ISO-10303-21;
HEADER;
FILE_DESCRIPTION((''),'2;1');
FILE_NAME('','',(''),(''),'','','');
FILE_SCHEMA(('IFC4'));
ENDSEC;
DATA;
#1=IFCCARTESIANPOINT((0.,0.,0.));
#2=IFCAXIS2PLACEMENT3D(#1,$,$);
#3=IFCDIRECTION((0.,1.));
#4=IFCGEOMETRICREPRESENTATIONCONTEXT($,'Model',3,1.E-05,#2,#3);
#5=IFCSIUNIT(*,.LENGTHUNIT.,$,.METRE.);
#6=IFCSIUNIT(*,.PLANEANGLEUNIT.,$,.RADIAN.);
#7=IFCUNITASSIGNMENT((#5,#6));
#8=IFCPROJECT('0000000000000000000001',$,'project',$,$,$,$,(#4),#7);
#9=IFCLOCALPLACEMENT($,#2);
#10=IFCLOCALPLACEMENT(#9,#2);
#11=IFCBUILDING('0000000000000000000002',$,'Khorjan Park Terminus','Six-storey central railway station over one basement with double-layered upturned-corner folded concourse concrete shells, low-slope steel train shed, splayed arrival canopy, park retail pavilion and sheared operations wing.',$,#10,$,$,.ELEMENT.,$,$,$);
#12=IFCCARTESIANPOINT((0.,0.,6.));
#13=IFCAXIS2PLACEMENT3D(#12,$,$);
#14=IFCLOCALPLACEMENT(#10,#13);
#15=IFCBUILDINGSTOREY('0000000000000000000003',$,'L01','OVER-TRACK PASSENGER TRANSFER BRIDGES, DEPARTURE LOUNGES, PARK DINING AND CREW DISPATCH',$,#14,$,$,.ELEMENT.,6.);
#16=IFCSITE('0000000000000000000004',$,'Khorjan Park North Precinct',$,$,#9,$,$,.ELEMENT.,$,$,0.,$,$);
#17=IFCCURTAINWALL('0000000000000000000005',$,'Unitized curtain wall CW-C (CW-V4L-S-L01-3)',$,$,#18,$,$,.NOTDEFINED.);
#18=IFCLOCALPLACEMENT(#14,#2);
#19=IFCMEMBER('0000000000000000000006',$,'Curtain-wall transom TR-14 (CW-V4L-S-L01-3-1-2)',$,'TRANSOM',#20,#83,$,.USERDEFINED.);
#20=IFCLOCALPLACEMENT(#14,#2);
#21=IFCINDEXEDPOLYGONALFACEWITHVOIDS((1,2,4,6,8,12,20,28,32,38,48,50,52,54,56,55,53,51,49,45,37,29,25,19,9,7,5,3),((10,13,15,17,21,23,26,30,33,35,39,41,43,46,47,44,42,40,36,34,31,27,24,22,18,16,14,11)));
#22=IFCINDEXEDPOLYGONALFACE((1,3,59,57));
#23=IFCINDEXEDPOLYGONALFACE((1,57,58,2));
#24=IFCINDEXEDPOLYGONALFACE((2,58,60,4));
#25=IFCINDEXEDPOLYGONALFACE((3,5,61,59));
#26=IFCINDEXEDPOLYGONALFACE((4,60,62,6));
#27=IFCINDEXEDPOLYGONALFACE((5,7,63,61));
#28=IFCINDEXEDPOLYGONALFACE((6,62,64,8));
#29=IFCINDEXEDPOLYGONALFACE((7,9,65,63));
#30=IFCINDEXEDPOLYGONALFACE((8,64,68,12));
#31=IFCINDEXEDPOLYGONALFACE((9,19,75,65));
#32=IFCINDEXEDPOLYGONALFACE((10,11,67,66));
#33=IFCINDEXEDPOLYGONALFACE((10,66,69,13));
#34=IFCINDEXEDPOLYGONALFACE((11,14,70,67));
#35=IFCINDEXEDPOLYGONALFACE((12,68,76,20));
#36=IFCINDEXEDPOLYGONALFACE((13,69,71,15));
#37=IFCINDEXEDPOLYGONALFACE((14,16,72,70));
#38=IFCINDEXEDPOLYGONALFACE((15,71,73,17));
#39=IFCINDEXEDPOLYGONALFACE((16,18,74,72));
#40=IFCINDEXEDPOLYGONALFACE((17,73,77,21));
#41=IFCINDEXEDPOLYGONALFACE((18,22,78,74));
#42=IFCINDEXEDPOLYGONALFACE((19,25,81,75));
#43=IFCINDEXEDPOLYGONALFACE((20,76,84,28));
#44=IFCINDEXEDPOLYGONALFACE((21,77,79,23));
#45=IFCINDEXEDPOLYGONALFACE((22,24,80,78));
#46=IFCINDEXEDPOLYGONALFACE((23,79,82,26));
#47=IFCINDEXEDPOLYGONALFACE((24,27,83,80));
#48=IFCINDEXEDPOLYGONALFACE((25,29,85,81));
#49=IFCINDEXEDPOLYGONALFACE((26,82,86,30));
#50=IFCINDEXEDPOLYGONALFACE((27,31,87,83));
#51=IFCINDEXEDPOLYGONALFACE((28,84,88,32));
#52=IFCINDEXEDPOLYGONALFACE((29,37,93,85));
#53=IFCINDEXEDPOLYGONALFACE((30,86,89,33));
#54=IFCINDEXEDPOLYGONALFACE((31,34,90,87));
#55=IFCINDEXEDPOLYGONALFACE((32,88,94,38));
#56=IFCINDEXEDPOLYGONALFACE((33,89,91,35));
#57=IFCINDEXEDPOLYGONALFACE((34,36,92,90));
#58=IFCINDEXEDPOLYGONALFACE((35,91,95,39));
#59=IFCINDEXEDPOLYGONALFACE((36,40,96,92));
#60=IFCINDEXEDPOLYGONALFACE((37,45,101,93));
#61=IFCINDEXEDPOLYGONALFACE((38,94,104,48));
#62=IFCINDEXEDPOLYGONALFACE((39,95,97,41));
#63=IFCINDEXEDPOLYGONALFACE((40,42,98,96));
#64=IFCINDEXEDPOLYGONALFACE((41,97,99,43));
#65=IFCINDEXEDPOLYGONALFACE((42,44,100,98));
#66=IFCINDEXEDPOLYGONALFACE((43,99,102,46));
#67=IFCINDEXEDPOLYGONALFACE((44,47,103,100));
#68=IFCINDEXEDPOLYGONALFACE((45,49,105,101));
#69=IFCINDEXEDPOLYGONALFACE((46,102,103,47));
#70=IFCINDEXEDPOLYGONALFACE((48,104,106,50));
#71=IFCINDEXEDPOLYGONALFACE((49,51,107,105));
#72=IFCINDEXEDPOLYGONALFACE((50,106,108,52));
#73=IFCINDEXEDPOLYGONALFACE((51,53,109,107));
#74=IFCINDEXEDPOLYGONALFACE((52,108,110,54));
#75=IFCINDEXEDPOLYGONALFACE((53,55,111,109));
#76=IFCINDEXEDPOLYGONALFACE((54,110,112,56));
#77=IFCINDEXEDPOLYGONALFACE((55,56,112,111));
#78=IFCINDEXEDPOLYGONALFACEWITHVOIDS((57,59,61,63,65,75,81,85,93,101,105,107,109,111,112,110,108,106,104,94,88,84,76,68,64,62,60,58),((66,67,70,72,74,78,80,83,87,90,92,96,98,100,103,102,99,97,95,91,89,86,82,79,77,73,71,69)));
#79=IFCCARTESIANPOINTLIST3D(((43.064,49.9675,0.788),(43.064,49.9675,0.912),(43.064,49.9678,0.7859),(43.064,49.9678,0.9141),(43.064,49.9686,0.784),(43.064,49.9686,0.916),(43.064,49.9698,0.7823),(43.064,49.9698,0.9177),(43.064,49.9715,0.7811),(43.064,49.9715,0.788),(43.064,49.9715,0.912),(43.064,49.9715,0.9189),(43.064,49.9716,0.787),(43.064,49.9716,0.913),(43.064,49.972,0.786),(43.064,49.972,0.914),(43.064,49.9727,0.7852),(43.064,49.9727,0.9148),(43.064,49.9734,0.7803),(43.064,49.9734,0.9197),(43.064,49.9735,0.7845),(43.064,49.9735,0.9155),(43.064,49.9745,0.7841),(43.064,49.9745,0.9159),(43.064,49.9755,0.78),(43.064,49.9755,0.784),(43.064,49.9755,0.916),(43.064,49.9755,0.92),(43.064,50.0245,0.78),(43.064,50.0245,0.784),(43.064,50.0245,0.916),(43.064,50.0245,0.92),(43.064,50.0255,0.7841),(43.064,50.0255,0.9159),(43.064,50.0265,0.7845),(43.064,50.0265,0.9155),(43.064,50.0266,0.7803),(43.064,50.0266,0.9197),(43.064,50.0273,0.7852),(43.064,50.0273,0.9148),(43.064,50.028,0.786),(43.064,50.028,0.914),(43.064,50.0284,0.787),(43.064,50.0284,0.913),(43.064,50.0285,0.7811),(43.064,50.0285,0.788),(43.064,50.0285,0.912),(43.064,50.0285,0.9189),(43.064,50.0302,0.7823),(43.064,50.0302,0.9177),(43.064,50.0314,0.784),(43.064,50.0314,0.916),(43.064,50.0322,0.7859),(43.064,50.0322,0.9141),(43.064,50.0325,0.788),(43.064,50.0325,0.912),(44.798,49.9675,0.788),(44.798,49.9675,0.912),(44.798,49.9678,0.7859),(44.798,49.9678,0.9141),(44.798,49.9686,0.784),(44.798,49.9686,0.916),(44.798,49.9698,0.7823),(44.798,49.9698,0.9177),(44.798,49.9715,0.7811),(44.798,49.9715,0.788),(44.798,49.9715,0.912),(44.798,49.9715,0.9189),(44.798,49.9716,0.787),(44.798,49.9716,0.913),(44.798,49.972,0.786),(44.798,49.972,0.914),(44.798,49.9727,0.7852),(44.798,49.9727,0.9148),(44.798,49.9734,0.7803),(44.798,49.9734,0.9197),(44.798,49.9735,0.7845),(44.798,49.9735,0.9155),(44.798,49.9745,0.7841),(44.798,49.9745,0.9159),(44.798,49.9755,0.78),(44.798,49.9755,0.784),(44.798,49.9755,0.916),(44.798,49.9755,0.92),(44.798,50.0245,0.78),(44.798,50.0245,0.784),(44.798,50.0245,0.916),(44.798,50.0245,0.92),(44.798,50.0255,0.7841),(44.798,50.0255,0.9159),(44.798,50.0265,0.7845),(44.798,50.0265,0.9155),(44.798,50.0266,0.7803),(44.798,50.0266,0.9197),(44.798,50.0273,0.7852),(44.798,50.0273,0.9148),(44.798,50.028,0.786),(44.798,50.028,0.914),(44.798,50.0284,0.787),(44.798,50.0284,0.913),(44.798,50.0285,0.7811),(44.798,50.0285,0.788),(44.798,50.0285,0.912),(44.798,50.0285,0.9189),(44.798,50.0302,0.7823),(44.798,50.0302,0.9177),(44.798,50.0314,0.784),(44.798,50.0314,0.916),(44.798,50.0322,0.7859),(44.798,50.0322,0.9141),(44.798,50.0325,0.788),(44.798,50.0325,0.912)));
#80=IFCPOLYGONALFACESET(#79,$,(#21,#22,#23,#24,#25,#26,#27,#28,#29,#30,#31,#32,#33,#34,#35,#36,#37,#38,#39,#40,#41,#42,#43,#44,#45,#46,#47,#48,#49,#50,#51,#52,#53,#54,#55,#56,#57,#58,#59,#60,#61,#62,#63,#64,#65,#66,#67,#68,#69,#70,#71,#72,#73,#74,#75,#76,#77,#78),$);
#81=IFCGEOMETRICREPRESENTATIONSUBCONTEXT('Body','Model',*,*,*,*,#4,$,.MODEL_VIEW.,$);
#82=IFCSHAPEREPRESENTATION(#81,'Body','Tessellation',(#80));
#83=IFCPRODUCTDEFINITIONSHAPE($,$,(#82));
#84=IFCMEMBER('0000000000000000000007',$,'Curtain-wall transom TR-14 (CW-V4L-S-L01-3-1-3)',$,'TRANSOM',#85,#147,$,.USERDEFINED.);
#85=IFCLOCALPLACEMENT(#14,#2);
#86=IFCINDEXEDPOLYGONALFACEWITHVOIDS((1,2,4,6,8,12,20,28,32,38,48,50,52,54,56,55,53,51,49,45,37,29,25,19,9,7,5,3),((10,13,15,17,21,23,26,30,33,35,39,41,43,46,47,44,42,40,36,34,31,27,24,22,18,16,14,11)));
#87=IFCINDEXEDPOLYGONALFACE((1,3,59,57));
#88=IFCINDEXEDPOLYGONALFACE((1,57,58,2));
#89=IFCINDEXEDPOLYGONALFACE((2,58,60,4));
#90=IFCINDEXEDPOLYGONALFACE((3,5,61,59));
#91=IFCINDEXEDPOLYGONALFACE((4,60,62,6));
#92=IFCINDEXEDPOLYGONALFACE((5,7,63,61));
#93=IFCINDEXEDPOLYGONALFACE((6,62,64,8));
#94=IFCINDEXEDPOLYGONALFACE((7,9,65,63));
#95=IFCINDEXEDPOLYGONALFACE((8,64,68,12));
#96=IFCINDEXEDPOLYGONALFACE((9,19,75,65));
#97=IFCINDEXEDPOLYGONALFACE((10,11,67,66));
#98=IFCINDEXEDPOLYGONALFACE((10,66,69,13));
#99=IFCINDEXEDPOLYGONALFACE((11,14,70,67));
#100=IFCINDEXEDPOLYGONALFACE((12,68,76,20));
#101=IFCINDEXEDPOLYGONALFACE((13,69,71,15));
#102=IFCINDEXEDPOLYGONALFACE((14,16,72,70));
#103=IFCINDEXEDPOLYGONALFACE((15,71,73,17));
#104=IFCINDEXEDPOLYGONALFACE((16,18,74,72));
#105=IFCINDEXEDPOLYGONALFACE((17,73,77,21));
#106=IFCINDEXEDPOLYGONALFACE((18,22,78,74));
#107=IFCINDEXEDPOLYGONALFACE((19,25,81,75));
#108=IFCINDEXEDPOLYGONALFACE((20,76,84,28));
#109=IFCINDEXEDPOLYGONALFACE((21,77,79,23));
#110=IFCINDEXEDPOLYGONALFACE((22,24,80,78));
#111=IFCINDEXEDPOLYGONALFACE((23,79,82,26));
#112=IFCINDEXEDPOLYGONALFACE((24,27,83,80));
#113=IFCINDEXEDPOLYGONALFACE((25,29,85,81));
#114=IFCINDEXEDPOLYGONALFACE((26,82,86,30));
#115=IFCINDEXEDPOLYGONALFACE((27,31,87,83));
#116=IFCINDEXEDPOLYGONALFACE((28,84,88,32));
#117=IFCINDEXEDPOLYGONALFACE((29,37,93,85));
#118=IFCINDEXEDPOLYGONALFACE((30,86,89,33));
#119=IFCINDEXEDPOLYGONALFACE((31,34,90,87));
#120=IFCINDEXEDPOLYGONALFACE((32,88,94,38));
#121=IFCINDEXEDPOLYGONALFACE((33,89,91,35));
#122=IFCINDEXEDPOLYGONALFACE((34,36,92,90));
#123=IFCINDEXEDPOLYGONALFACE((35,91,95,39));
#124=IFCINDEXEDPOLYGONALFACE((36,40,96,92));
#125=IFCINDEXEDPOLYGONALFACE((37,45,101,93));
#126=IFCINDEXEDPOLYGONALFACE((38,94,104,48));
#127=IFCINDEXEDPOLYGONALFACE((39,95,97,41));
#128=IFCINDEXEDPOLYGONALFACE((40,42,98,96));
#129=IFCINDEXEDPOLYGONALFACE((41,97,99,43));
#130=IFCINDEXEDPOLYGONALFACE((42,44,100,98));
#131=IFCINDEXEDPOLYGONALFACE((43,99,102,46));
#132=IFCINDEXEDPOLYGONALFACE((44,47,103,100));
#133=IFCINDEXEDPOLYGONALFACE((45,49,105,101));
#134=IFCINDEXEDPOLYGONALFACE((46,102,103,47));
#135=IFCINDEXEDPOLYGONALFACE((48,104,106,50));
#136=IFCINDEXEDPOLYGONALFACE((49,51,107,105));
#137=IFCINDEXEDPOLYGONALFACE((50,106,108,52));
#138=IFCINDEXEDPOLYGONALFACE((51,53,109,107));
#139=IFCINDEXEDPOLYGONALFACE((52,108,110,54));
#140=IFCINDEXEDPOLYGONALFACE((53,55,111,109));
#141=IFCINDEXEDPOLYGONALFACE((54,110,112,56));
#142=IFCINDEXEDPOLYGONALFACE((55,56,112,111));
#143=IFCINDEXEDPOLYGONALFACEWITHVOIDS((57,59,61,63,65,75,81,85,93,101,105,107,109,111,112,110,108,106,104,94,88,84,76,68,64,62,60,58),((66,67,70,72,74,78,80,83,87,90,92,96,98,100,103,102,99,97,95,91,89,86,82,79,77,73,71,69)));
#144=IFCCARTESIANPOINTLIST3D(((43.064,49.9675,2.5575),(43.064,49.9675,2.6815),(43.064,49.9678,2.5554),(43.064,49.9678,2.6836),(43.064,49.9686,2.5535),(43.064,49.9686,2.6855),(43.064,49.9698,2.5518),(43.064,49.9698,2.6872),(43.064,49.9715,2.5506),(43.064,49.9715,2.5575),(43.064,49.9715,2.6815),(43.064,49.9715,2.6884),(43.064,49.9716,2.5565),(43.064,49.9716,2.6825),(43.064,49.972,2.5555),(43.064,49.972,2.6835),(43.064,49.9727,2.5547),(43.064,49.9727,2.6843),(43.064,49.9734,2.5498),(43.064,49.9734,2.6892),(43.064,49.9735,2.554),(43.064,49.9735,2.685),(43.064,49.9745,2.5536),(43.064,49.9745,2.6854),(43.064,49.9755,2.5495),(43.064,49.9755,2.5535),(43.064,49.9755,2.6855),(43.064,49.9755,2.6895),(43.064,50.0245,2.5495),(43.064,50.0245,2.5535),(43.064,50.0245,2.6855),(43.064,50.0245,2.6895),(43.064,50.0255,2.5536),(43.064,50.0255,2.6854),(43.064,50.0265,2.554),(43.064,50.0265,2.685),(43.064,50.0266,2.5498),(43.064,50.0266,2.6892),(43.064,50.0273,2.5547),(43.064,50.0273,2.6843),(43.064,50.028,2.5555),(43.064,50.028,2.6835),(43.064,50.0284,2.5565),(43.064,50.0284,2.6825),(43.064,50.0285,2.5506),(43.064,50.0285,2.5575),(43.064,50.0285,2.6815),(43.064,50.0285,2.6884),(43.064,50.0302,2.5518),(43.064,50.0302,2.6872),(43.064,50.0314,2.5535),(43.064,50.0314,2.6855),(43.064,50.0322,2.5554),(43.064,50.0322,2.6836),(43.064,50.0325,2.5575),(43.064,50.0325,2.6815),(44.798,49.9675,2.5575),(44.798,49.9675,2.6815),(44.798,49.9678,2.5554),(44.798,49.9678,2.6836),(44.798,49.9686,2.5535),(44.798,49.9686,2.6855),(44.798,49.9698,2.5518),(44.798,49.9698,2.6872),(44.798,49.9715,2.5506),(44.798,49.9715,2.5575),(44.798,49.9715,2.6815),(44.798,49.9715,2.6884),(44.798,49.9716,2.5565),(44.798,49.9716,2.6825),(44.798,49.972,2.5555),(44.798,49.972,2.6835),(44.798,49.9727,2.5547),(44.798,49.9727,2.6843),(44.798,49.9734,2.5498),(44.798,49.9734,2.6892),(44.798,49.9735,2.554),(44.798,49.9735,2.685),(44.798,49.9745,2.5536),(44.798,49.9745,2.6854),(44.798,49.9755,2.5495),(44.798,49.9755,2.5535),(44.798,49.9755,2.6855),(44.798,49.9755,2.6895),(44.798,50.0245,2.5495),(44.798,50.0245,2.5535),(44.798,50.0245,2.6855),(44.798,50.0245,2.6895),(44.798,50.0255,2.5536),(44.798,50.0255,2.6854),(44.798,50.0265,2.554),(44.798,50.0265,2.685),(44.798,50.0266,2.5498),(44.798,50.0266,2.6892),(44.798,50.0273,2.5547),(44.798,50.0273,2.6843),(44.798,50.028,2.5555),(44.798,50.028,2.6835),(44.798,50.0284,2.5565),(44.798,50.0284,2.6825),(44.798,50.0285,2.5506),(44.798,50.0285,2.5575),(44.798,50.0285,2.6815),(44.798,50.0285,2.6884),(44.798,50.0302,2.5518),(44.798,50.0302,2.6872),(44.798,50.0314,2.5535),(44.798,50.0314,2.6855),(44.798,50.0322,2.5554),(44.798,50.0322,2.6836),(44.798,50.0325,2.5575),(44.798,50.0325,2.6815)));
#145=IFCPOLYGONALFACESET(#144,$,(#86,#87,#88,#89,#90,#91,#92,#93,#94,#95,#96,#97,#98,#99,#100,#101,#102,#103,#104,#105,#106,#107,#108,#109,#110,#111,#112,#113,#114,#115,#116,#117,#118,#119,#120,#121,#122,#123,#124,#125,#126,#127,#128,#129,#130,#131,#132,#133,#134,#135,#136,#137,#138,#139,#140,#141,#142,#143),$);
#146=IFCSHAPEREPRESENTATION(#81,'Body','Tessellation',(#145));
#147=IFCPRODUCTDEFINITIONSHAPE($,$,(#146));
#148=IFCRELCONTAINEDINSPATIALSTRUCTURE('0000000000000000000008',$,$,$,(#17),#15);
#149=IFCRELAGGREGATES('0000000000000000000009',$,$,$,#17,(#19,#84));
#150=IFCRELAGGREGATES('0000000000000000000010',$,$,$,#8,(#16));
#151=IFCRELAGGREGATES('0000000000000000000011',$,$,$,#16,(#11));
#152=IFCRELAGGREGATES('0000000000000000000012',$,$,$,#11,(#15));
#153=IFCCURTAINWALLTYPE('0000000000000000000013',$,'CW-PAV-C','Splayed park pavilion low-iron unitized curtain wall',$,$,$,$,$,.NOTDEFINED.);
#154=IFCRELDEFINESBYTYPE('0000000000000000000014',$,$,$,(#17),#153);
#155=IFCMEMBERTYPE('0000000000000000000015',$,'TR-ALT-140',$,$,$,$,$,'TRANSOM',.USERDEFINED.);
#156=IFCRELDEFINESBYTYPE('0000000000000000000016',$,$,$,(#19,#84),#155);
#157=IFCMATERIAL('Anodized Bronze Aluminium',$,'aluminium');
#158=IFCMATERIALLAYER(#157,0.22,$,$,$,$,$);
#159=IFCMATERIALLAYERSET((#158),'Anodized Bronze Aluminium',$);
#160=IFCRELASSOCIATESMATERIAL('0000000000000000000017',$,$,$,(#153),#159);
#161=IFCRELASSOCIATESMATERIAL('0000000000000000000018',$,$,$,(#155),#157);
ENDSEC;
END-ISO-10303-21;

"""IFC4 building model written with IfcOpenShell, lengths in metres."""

from ifc_helpers import new_model, si_unit, direction, frame, origin, origin_2d, place, context, subcontext, project, spatial, hollow_rectangle, extrude, material, layer, layer_set, material_profile, profile_set, type_object, element, aggregate, save


model = new_model("IFC4")

# Units and contexts
model_context = context("Model", 3, precision=1e-05, world=origin(), true_north=direction((0.0, 1.0)))
body_context = subcontext(model_context, "Body", "Model", "MODEL_VIEW")
ifc_project = project(units=[si_unit("LENGTHUNIT", "METRE"), si_unit("PLANEANGLEUNIT", "RADIAN")], contexts=[model_context])

# Site, building, storey
site_placement = place(None, origin())
site = spatial("IfcSite", under=ifc_project, at=site_placement, Name="Khorjan Park North Precinct", CompositionType="ELEMENT", RefElevation=0.0)
building_placement = place(site_placement, origin())
building = spatial("IfcBuilding", under=site, at=building_placement, Name="Khorjan Park Terminus", Description="Six-storey central railway station over one basement with double-layered upturned-corner folded concourse concrete shells, low-slope steel train shed, splayed arrival canopy, park retail pavilion and sheared operations wing.", CompositionType="ELEMENT")
storey_placement = place(building_placement, frame((0.0, 0.0, 6.0)))
storey = spatial("IfcBuildingStorey", under=building, at=storey_placement, Name="L01", Description="OVER-TRACK PASSENGER TRANSFER BRIDGES, DEPARTURE LOUNGES, PARK DINING AND CREW DISPATCH", CompositionType="ELEMENT", Elevation=6.0)

# Shared definitions
ifc_material_1 = material(Name="Anodized Bronze Aluminium", Category="aluminium")
ifc_layer_1 = layer(ifc_material_1, 0.22)
ifc_layer_set_1 = layer_set([ifc_layer_1], Name="Anodized Bronze Aluminium")
curtain_wall_type = type_object("IfcCurtainWallType", Name="CW-PAV-C", Description="Splayed park pavilion low-iron unitized curtain wall", PredefinedType="NOTDEFINED", material=ifc_layer_set_1)

# Curtain wall
curtain_wall_1_placement = place(storey_placement, origin())
curtain_wall_1 = element("IfcCurtainWall", 1, at=curtain_wall_1_placement, inside=storey, type_object=curtain_wall_type, Name="Unitized curtain wall CW-C (CW-V4L-S-L01-3)", PredefinedType="NOTDEFINED")

# Members
ifc_material_profile_1 = material_profile(ifc_material_1, hollow_rectangle(XDim=0.065, YDim=0.14, WallThickness=0.004, InnerFilletRadius=0.004, OuterFilletRadius=0.008, at=origin_2d()), Name="ALT 65x140x4")
ifc_profile_set_1 = profile_set([ifc_material_profile_1], Name="Anodized Bronze Aluminium")
member_type_1 = type_object("IfcMemberType", Name="TR-ALT-140", ElementType="TRANSOM", PredefinedType="USERDEFINED", material=ifc_profile_set_1)
member_1_placement = place(storey_placement, frame((43.064, 50.0, 0.85), z_axis=(1.0, 0.0, 0.0), x_axis=(0.0, 1.0, 0.0)))
member_1 = element("IfcMember", 2, at=member_1_placement, type_object=member_type_1, Name="Curtain-wall transom TR-14 (CW-V4L-S-L01-3-1-2)", ObjectType="TRANSOM", PredefinedType="USERDEFINED", context=body_context, shape_type="SweptSolid", body=[
    extrude(hollow_rectangle(XDim=0.065, YDim=0.14, WallThickness=0.004, InnerFilletRadius=0.004, OuterFilletRadius=0.008, at=origin_2d()), origin(), (0.0, 0.0, 1.0), 1.734),
])
member_2_placement = place(storey_placement, frame((43.064, 50.0, 2.6195), z_axis=(1.0, 0.0, 0.0), x_axis=(0.0, 1.0, 0.0)))
member_2 = element("IfcMember", 3, at=member_2_placement, type_object=member_type_1, Name="Curtain-wall transom TR-14 (CW-V4L-S-L01-3-1-3)", ObjectType="TRANSOM", PredefinedType="USERDEFINED", context=body_context, shape_type="SweptSolid", body=[
    extrude(hollow_rectangle(XDim=0.065, YDim=0.14, WallThickness=0.004, InnerFilletRadius=0.004, OuterFilletRadius=0.008, at=origin_2d()), origin(), (0.0, 0.0, 1.0), 1.734),
])

aggregate(curtain_wall_1, [member_1, member_2])

save(model, "model.ifc")
